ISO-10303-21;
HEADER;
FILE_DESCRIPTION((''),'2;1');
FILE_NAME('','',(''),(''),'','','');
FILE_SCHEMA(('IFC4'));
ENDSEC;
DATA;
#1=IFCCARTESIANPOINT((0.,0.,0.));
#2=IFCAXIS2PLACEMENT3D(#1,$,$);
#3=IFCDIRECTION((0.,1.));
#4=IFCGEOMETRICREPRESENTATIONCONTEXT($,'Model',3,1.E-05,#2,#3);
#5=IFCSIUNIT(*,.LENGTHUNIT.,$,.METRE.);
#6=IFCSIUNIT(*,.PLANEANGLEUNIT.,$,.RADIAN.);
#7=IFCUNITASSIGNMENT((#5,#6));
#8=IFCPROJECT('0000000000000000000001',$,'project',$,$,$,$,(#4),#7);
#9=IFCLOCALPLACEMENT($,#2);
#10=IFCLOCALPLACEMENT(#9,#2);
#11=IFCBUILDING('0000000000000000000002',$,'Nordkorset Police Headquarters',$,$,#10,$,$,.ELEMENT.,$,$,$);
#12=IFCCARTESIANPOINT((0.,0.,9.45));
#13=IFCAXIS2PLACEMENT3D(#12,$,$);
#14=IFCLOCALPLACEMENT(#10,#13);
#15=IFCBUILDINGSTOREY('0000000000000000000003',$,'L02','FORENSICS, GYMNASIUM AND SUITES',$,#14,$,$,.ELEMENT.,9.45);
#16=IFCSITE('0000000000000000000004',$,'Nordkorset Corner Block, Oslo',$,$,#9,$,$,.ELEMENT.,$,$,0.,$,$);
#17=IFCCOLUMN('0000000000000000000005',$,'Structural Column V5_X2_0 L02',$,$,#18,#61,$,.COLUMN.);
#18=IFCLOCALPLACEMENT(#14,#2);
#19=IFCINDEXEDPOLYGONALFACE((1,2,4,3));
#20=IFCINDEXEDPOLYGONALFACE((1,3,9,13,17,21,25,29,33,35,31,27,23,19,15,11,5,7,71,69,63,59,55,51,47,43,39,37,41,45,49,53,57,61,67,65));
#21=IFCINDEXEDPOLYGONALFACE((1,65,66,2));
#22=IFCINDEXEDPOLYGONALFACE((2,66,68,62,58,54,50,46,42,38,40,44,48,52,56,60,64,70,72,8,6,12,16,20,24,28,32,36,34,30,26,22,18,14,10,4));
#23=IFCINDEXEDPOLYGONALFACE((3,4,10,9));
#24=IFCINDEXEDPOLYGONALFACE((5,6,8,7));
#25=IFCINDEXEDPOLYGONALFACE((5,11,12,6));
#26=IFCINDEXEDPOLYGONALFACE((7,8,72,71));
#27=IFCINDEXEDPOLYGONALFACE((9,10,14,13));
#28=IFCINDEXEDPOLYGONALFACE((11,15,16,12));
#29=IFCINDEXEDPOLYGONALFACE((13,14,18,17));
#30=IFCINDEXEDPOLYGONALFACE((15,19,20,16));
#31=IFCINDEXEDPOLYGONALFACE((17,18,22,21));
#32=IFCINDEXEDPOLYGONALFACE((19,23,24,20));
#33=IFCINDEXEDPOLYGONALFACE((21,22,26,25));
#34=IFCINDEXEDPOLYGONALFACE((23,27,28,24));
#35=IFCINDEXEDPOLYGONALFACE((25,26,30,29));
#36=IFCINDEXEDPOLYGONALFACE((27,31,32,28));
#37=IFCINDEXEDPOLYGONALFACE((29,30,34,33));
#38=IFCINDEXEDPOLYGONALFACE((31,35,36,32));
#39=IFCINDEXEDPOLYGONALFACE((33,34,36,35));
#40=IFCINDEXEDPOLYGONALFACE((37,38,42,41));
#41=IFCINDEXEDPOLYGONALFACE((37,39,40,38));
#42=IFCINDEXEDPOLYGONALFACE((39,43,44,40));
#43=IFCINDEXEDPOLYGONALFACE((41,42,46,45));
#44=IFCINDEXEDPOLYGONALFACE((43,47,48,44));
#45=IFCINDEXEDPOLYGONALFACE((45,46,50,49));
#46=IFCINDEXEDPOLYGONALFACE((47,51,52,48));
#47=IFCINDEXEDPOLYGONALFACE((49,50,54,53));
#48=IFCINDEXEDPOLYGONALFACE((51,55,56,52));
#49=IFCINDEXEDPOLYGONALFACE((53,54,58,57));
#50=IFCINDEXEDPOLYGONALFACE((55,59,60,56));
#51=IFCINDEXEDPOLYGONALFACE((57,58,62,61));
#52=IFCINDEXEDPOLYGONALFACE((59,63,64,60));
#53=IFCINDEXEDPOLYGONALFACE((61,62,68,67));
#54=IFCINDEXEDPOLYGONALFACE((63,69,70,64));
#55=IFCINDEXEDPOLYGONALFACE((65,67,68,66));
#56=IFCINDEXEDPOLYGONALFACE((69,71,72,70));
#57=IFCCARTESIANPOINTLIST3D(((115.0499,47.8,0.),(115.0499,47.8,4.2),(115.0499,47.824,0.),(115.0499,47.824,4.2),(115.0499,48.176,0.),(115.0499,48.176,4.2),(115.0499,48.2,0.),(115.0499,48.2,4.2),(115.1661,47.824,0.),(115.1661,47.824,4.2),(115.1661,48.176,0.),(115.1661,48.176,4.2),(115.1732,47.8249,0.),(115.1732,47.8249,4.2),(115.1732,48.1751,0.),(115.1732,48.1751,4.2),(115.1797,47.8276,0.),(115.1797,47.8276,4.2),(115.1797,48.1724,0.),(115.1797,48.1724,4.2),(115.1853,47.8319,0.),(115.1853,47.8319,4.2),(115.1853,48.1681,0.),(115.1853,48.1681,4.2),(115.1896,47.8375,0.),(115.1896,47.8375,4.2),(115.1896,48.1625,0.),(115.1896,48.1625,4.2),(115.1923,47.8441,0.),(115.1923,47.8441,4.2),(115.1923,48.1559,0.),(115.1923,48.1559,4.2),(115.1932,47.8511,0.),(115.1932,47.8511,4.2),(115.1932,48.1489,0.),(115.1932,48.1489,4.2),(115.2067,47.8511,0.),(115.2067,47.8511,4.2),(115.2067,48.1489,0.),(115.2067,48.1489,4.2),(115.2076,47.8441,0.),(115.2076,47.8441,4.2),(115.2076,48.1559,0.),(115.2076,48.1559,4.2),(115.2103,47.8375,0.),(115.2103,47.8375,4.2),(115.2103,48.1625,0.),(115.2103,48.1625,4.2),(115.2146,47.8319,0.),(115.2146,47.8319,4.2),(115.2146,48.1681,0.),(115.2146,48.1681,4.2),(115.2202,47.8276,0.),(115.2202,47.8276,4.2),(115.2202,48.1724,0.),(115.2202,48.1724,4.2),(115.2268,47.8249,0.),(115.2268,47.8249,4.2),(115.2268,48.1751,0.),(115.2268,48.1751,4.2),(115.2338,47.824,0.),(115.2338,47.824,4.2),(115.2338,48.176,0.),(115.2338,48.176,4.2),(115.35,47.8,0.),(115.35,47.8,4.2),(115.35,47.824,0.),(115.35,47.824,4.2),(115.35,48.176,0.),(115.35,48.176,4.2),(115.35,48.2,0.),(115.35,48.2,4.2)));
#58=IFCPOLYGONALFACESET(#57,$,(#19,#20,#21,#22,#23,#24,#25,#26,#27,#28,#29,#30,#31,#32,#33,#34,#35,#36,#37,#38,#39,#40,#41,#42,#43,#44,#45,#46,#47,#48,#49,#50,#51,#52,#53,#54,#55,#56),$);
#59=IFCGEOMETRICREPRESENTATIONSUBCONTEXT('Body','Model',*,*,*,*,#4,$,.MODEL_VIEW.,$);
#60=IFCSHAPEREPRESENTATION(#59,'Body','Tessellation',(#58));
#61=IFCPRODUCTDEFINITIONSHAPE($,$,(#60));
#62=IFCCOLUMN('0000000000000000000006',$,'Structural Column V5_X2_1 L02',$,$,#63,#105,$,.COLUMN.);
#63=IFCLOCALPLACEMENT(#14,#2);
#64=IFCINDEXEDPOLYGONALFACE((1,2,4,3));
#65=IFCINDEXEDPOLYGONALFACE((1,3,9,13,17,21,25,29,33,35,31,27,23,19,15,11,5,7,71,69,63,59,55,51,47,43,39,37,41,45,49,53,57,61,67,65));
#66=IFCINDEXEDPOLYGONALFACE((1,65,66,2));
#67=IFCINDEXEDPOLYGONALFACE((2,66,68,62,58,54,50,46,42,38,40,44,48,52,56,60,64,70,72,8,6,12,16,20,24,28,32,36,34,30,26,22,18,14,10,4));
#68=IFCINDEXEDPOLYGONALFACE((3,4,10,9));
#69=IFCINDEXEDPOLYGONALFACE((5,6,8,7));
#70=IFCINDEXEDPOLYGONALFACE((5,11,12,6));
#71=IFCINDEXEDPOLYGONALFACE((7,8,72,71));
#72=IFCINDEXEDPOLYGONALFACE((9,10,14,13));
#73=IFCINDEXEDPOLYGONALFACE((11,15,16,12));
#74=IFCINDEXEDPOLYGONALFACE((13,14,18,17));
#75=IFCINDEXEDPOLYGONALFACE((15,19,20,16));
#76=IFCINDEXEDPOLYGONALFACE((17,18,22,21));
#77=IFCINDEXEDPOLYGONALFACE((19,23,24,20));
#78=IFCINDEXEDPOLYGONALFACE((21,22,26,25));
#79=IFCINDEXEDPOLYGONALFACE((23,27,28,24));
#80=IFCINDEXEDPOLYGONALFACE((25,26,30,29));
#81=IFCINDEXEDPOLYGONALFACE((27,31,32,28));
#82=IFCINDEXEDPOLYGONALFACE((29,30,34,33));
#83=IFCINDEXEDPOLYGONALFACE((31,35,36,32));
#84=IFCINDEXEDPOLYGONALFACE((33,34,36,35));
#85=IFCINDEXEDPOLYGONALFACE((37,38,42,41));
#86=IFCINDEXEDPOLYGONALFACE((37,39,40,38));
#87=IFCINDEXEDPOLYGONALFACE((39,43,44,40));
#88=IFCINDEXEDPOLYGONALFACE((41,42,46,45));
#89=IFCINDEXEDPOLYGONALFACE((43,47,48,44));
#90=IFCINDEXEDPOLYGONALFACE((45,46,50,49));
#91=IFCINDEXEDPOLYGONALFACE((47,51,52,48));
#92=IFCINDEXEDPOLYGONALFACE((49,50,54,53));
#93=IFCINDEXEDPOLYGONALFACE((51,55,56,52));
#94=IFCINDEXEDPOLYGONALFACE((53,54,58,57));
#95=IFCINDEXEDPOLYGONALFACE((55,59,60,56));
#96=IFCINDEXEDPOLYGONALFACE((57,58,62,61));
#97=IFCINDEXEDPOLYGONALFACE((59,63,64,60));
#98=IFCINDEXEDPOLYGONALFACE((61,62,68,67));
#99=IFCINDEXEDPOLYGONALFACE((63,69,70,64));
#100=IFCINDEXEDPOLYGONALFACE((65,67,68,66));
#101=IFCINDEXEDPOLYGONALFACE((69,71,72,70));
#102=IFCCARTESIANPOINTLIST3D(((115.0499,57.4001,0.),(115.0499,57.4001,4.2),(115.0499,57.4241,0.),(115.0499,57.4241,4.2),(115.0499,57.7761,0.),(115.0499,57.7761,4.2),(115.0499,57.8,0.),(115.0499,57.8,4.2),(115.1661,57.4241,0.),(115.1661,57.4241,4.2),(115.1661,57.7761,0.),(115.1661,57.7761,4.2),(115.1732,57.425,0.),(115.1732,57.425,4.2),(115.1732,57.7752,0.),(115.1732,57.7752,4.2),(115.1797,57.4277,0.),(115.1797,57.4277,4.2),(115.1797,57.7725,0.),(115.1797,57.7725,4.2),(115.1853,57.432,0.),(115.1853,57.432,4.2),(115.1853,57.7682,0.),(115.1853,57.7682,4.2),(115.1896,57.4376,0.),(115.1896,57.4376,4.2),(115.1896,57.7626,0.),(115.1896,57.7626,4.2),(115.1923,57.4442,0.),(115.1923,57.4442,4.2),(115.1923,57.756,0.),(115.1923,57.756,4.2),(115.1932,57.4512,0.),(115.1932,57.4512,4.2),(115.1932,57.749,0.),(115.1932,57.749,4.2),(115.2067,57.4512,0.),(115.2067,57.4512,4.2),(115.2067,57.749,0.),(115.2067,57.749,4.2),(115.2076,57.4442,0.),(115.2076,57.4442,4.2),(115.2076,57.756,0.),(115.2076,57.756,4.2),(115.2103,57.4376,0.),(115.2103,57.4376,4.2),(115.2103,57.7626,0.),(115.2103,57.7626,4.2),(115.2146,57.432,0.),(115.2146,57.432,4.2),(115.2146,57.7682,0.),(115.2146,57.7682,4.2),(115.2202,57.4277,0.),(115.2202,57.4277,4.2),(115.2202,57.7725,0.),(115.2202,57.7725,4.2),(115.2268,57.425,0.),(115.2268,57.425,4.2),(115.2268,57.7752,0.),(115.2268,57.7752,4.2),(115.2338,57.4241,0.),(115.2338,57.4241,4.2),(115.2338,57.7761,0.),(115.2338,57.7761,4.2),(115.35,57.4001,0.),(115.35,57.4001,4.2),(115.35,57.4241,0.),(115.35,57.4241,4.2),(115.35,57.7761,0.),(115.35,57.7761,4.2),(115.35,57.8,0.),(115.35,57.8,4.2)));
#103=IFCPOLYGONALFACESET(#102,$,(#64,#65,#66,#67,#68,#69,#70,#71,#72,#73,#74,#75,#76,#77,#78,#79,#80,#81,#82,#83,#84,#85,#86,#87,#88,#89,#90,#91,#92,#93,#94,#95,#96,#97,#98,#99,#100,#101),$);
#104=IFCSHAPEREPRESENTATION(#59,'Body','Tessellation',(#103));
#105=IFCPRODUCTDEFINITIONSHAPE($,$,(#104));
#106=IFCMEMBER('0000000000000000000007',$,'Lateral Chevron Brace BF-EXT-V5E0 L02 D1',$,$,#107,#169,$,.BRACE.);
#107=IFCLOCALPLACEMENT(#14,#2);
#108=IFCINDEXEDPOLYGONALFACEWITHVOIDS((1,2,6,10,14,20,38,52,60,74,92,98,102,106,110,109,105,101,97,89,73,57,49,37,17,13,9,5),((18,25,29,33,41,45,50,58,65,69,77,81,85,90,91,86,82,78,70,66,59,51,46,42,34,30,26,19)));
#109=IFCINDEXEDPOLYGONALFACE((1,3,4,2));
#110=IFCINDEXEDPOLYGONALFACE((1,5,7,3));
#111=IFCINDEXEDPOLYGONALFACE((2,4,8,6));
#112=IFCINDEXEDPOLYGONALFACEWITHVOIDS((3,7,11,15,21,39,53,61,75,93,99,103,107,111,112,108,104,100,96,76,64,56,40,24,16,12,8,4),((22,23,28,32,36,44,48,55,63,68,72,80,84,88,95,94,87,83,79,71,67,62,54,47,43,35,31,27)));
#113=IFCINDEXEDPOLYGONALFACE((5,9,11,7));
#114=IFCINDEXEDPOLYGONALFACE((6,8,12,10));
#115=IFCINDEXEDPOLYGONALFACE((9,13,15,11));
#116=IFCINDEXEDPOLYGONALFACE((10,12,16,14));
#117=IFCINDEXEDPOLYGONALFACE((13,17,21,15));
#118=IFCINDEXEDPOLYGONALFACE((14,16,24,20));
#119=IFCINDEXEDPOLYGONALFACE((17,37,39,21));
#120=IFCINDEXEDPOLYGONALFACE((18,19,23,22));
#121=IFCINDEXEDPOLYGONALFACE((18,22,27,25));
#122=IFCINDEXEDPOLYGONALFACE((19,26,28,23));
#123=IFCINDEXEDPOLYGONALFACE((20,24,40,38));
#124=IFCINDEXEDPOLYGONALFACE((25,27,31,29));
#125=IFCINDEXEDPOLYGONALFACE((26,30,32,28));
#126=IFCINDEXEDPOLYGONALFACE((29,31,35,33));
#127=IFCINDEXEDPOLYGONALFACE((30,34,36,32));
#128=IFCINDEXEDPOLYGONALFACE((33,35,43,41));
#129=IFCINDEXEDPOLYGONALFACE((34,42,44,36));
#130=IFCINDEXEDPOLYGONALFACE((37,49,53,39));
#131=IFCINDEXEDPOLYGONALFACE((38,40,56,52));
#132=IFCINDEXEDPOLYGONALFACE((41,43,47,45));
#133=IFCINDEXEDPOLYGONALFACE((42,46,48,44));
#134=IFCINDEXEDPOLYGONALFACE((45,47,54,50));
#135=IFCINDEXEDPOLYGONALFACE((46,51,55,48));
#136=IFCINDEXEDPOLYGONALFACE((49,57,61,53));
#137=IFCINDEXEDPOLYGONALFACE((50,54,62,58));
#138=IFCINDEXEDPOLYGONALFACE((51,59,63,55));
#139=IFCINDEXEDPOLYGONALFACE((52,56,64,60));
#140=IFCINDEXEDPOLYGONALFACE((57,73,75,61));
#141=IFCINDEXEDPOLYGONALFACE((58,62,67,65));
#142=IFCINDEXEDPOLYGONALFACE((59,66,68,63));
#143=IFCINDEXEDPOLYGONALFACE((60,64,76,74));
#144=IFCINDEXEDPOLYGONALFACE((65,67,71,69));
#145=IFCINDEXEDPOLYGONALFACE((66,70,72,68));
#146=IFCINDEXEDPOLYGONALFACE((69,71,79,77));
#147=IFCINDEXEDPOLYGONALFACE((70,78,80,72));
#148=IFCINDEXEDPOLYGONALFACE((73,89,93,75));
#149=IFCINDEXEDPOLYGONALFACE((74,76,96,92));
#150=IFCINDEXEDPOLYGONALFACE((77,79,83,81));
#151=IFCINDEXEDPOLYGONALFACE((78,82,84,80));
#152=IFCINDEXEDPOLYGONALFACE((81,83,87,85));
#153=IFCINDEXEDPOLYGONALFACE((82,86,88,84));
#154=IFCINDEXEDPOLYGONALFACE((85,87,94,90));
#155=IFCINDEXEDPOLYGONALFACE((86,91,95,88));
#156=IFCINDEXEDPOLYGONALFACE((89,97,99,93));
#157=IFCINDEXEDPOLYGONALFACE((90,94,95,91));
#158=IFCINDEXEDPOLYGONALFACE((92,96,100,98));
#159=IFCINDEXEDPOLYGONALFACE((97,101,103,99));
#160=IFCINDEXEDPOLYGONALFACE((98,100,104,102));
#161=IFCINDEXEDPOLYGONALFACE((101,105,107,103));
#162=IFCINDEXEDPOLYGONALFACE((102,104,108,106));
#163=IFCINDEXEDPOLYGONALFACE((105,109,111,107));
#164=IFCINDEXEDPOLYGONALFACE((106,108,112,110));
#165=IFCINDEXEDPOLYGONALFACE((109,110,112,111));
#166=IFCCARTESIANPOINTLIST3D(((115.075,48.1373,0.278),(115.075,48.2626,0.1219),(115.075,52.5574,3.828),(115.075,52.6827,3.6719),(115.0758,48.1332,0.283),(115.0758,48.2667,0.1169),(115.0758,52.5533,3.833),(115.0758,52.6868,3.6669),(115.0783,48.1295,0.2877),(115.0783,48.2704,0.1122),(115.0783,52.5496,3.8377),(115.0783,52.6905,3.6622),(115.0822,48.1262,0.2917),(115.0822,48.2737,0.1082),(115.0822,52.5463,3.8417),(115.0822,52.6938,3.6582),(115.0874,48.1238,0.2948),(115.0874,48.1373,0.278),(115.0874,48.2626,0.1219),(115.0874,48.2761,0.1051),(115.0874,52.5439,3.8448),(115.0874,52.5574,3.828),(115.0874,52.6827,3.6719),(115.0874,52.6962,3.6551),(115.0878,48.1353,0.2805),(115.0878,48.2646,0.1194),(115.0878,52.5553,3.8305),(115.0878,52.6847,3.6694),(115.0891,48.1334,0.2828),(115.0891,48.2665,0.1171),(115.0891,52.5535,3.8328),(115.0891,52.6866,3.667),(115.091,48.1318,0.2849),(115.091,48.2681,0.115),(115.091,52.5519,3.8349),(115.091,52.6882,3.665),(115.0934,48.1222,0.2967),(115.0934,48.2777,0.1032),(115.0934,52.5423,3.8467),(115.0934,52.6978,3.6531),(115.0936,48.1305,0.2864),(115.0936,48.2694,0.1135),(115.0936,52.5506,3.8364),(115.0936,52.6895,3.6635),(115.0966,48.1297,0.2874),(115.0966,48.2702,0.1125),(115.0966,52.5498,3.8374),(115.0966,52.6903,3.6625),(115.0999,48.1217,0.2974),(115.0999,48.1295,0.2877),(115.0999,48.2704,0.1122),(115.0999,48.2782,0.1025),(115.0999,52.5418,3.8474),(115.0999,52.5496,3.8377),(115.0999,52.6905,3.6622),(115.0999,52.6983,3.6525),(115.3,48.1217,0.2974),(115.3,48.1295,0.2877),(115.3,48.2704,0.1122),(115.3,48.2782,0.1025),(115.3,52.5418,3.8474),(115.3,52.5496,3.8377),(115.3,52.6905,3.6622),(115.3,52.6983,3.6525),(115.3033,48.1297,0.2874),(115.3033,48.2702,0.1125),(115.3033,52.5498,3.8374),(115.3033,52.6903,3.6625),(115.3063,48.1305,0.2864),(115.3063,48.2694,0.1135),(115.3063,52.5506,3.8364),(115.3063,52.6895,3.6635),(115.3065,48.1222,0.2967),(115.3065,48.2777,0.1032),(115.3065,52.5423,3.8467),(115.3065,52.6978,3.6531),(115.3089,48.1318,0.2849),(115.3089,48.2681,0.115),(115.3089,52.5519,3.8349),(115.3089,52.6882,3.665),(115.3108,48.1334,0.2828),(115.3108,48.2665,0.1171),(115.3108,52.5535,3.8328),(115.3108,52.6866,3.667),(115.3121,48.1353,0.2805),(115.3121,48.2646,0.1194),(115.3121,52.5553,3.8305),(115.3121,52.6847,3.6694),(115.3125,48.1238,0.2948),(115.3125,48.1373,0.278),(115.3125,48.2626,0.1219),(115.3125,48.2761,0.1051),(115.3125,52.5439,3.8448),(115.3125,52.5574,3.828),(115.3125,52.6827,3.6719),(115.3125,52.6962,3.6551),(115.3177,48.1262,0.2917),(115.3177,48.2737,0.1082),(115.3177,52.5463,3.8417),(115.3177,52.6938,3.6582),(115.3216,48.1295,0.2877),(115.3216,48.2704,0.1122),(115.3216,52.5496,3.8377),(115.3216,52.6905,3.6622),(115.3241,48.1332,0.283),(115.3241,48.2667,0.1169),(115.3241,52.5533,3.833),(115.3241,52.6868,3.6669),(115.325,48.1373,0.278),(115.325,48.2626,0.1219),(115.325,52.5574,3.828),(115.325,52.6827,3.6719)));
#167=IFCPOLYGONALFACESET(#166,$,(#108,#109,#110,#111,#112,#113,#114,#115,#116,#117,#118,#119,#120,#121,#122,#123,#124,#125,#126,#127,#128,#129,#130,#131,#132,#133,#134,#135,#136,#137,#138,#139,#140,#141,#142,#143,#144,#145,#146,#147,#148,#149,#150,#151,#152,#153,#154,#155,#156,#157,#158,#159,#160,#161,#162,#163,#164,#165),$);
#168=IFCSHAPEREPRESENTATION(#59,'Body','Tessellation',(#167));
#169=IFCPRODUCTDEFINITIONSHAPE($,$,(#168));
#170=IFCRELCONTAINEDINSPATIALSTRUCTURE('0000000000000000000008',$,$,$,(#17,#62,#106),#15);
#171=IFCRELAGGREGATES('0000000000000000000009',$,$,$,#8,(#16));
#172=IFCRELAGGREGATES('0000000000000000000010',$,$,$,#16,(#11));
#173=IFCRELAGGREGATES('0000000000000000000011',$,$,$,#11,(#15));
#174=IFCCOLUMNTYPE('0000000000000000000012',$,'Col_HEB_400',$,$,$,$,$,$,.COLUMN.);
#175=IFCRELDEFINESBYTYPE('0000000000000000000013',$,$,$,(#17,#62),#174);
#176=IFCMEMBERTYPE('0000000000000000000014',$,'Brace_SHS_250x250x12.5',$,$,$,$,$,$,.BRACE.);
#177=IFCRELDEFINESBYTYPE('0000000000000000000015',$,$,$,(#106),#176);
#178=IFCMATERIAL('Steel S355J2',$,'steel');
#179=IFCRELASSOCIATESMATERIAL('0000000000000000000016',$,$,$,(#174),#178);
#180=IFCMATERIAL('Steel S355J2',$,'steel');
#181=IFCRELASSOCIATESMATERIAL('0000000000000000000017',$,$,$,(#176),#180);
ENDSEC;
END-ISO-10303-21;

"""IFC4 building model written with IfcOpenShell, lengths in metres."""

from ifc_helpers import new_model, si_unit, direction, frame, origin, origin_2d, place, context, subcontext, project, spatial, hollow_rectangle, i_section, extrude, material, material_profile, profile_set, type_object, element, save


model = new_model("IFC4")

# Units and contexts
model_context = context("Model", 3, precision=1e-05, world=origin(), true_north=direction((0.0, 1.0)))
body_context = subcontext(model_context, "Body", "Model", "MODEL_VIEW")
ifc_project = project(units=[si_unit("LENGTHUNIT", "METRE"), si_unit("PLANEANGLEUNIT", "RADIAN")], contexts=[model_context])

# Site, building, storey
site_placement = place(None, origin())
site = spatial("IfcSite", under=ifc_project, at=site_placement, Name="Nordkorset Corner Block, Oslo", CompositionType="ELEMENT", RefElevation=0.0)
building_placement = place(site_placement, origin())
building = spatial("IfcBuilding", under=site, at=building_placement, Name="Nordkorset Police Headquarters", CompositionType="ELEMENT")
storey_placement = place(building_placement, frame((0.0, 0.0, 9.45)))
storey = spatial("IfcBuildingStorey", under=building, at=storey_placement, Name="L02", Description="FORENSICS, GYMNASIUM AND SUITES", CompositionType="ELEMENT", Elevation=9.45)

# Columns
ifc_material_1 = material(Name="Steel S355J2", Category="steel")
ifc_material_profile_1 = material_profile(ifc_material_1, i_section(OverallWidth=0.3, OverallDepth=0.3999, WebThickness=0.0134, FlangeThickness=0.0239, FilletRadius=0.0271, at=origin_2d()), Name="HEB 400")
ifc_profile_set_1 = profile_set([ifc_material_profile_1], Name="Steel S355J2")
column_type = type_object("IfcColumnType", Name="Col_HEB_400", PredefinedType="COLUMN", material=ifc_profile_set_1)
for number, where, z_axis, x_axis, name in (
    (1, (115.2, 48.0, 0.0), (0.0, 0.0, 1.0), (1.0, 0.0, 0.0), "Structural Column V5_X2_0 L02"),
    (2, (115.2, 57.6001, 0.0), (0.0, 0.0, 1.0), (1.0, 0.0, 0.0), "Structural Column V5_X2_1 L02"),
):
    element("IfcColumn", number, at=place(storey_placement, frame(where, z_axis=z_axis, x_axis=x_axis)), inside=storey, type_object=column_type, Name=name, PredefinedType="COLUMN", context=body_context, shape_type="SweptSolid", body=[
        extrude(i_section(OverallWidth=0.3, OverallDepth=0.3999, WebThickness=0.0134, FlangeThickness=0.0239, FilletRadius=0.0271, at=origin_2d()), origin(), (0.0, 0.0, 1.0), 4.2),
    ])

# Member
ifc_material_2 = material(Name="Steel S355J2", Category="steel")
ifc_material_profile_2 = material_profile(ifc_material_2, hollow_rectangle(XDim=0.25, YDim=0.25, WallThickness=0.0125, InnerFilletRadius=0.0125, OuterFilletRadius=0.0249, at=origin_2d()), Name="SHS 250x250x12.5")
ifc_profile_set_2 = profile_set([ifc_material_profile_2], Name="Steel S355J2")
member_type = type_object("IfcMemberType", Name="Brace_SHS_250x250x12.5", PredefinedType="BRACE", material=ifc_profile_set_2)
for number, where, z_axis, x_axis, name in (
    (3, (115.2, 48.2, 0.2), (0.0, 0.77967, 0.626191), (-1.0, 0.0, 0.0), "Lateral Chevron Brace BF-EXT-V5E0 L02 D1"),
):
    element("IfcMember", number, at=place(storey_placement, frame(where, z_axis=z_axis, x_axis=x_axis)), inside=storey, type_object=member_type, Name=name, PredefinedType="BRACE", context=body_context, shape_type="SweptSolid", body=[
        extrude(hollow_rectangle(XDim=0.25, YDim=0.25, WallThickness=0.0125, InnerFilletRadius=0.0125, OuterFilletRadius=0.0249, at=origin_2d()), origin(), (0.0, 0.0, 1.0), 5.6692),
    ])

save(model, "model.ifc")
